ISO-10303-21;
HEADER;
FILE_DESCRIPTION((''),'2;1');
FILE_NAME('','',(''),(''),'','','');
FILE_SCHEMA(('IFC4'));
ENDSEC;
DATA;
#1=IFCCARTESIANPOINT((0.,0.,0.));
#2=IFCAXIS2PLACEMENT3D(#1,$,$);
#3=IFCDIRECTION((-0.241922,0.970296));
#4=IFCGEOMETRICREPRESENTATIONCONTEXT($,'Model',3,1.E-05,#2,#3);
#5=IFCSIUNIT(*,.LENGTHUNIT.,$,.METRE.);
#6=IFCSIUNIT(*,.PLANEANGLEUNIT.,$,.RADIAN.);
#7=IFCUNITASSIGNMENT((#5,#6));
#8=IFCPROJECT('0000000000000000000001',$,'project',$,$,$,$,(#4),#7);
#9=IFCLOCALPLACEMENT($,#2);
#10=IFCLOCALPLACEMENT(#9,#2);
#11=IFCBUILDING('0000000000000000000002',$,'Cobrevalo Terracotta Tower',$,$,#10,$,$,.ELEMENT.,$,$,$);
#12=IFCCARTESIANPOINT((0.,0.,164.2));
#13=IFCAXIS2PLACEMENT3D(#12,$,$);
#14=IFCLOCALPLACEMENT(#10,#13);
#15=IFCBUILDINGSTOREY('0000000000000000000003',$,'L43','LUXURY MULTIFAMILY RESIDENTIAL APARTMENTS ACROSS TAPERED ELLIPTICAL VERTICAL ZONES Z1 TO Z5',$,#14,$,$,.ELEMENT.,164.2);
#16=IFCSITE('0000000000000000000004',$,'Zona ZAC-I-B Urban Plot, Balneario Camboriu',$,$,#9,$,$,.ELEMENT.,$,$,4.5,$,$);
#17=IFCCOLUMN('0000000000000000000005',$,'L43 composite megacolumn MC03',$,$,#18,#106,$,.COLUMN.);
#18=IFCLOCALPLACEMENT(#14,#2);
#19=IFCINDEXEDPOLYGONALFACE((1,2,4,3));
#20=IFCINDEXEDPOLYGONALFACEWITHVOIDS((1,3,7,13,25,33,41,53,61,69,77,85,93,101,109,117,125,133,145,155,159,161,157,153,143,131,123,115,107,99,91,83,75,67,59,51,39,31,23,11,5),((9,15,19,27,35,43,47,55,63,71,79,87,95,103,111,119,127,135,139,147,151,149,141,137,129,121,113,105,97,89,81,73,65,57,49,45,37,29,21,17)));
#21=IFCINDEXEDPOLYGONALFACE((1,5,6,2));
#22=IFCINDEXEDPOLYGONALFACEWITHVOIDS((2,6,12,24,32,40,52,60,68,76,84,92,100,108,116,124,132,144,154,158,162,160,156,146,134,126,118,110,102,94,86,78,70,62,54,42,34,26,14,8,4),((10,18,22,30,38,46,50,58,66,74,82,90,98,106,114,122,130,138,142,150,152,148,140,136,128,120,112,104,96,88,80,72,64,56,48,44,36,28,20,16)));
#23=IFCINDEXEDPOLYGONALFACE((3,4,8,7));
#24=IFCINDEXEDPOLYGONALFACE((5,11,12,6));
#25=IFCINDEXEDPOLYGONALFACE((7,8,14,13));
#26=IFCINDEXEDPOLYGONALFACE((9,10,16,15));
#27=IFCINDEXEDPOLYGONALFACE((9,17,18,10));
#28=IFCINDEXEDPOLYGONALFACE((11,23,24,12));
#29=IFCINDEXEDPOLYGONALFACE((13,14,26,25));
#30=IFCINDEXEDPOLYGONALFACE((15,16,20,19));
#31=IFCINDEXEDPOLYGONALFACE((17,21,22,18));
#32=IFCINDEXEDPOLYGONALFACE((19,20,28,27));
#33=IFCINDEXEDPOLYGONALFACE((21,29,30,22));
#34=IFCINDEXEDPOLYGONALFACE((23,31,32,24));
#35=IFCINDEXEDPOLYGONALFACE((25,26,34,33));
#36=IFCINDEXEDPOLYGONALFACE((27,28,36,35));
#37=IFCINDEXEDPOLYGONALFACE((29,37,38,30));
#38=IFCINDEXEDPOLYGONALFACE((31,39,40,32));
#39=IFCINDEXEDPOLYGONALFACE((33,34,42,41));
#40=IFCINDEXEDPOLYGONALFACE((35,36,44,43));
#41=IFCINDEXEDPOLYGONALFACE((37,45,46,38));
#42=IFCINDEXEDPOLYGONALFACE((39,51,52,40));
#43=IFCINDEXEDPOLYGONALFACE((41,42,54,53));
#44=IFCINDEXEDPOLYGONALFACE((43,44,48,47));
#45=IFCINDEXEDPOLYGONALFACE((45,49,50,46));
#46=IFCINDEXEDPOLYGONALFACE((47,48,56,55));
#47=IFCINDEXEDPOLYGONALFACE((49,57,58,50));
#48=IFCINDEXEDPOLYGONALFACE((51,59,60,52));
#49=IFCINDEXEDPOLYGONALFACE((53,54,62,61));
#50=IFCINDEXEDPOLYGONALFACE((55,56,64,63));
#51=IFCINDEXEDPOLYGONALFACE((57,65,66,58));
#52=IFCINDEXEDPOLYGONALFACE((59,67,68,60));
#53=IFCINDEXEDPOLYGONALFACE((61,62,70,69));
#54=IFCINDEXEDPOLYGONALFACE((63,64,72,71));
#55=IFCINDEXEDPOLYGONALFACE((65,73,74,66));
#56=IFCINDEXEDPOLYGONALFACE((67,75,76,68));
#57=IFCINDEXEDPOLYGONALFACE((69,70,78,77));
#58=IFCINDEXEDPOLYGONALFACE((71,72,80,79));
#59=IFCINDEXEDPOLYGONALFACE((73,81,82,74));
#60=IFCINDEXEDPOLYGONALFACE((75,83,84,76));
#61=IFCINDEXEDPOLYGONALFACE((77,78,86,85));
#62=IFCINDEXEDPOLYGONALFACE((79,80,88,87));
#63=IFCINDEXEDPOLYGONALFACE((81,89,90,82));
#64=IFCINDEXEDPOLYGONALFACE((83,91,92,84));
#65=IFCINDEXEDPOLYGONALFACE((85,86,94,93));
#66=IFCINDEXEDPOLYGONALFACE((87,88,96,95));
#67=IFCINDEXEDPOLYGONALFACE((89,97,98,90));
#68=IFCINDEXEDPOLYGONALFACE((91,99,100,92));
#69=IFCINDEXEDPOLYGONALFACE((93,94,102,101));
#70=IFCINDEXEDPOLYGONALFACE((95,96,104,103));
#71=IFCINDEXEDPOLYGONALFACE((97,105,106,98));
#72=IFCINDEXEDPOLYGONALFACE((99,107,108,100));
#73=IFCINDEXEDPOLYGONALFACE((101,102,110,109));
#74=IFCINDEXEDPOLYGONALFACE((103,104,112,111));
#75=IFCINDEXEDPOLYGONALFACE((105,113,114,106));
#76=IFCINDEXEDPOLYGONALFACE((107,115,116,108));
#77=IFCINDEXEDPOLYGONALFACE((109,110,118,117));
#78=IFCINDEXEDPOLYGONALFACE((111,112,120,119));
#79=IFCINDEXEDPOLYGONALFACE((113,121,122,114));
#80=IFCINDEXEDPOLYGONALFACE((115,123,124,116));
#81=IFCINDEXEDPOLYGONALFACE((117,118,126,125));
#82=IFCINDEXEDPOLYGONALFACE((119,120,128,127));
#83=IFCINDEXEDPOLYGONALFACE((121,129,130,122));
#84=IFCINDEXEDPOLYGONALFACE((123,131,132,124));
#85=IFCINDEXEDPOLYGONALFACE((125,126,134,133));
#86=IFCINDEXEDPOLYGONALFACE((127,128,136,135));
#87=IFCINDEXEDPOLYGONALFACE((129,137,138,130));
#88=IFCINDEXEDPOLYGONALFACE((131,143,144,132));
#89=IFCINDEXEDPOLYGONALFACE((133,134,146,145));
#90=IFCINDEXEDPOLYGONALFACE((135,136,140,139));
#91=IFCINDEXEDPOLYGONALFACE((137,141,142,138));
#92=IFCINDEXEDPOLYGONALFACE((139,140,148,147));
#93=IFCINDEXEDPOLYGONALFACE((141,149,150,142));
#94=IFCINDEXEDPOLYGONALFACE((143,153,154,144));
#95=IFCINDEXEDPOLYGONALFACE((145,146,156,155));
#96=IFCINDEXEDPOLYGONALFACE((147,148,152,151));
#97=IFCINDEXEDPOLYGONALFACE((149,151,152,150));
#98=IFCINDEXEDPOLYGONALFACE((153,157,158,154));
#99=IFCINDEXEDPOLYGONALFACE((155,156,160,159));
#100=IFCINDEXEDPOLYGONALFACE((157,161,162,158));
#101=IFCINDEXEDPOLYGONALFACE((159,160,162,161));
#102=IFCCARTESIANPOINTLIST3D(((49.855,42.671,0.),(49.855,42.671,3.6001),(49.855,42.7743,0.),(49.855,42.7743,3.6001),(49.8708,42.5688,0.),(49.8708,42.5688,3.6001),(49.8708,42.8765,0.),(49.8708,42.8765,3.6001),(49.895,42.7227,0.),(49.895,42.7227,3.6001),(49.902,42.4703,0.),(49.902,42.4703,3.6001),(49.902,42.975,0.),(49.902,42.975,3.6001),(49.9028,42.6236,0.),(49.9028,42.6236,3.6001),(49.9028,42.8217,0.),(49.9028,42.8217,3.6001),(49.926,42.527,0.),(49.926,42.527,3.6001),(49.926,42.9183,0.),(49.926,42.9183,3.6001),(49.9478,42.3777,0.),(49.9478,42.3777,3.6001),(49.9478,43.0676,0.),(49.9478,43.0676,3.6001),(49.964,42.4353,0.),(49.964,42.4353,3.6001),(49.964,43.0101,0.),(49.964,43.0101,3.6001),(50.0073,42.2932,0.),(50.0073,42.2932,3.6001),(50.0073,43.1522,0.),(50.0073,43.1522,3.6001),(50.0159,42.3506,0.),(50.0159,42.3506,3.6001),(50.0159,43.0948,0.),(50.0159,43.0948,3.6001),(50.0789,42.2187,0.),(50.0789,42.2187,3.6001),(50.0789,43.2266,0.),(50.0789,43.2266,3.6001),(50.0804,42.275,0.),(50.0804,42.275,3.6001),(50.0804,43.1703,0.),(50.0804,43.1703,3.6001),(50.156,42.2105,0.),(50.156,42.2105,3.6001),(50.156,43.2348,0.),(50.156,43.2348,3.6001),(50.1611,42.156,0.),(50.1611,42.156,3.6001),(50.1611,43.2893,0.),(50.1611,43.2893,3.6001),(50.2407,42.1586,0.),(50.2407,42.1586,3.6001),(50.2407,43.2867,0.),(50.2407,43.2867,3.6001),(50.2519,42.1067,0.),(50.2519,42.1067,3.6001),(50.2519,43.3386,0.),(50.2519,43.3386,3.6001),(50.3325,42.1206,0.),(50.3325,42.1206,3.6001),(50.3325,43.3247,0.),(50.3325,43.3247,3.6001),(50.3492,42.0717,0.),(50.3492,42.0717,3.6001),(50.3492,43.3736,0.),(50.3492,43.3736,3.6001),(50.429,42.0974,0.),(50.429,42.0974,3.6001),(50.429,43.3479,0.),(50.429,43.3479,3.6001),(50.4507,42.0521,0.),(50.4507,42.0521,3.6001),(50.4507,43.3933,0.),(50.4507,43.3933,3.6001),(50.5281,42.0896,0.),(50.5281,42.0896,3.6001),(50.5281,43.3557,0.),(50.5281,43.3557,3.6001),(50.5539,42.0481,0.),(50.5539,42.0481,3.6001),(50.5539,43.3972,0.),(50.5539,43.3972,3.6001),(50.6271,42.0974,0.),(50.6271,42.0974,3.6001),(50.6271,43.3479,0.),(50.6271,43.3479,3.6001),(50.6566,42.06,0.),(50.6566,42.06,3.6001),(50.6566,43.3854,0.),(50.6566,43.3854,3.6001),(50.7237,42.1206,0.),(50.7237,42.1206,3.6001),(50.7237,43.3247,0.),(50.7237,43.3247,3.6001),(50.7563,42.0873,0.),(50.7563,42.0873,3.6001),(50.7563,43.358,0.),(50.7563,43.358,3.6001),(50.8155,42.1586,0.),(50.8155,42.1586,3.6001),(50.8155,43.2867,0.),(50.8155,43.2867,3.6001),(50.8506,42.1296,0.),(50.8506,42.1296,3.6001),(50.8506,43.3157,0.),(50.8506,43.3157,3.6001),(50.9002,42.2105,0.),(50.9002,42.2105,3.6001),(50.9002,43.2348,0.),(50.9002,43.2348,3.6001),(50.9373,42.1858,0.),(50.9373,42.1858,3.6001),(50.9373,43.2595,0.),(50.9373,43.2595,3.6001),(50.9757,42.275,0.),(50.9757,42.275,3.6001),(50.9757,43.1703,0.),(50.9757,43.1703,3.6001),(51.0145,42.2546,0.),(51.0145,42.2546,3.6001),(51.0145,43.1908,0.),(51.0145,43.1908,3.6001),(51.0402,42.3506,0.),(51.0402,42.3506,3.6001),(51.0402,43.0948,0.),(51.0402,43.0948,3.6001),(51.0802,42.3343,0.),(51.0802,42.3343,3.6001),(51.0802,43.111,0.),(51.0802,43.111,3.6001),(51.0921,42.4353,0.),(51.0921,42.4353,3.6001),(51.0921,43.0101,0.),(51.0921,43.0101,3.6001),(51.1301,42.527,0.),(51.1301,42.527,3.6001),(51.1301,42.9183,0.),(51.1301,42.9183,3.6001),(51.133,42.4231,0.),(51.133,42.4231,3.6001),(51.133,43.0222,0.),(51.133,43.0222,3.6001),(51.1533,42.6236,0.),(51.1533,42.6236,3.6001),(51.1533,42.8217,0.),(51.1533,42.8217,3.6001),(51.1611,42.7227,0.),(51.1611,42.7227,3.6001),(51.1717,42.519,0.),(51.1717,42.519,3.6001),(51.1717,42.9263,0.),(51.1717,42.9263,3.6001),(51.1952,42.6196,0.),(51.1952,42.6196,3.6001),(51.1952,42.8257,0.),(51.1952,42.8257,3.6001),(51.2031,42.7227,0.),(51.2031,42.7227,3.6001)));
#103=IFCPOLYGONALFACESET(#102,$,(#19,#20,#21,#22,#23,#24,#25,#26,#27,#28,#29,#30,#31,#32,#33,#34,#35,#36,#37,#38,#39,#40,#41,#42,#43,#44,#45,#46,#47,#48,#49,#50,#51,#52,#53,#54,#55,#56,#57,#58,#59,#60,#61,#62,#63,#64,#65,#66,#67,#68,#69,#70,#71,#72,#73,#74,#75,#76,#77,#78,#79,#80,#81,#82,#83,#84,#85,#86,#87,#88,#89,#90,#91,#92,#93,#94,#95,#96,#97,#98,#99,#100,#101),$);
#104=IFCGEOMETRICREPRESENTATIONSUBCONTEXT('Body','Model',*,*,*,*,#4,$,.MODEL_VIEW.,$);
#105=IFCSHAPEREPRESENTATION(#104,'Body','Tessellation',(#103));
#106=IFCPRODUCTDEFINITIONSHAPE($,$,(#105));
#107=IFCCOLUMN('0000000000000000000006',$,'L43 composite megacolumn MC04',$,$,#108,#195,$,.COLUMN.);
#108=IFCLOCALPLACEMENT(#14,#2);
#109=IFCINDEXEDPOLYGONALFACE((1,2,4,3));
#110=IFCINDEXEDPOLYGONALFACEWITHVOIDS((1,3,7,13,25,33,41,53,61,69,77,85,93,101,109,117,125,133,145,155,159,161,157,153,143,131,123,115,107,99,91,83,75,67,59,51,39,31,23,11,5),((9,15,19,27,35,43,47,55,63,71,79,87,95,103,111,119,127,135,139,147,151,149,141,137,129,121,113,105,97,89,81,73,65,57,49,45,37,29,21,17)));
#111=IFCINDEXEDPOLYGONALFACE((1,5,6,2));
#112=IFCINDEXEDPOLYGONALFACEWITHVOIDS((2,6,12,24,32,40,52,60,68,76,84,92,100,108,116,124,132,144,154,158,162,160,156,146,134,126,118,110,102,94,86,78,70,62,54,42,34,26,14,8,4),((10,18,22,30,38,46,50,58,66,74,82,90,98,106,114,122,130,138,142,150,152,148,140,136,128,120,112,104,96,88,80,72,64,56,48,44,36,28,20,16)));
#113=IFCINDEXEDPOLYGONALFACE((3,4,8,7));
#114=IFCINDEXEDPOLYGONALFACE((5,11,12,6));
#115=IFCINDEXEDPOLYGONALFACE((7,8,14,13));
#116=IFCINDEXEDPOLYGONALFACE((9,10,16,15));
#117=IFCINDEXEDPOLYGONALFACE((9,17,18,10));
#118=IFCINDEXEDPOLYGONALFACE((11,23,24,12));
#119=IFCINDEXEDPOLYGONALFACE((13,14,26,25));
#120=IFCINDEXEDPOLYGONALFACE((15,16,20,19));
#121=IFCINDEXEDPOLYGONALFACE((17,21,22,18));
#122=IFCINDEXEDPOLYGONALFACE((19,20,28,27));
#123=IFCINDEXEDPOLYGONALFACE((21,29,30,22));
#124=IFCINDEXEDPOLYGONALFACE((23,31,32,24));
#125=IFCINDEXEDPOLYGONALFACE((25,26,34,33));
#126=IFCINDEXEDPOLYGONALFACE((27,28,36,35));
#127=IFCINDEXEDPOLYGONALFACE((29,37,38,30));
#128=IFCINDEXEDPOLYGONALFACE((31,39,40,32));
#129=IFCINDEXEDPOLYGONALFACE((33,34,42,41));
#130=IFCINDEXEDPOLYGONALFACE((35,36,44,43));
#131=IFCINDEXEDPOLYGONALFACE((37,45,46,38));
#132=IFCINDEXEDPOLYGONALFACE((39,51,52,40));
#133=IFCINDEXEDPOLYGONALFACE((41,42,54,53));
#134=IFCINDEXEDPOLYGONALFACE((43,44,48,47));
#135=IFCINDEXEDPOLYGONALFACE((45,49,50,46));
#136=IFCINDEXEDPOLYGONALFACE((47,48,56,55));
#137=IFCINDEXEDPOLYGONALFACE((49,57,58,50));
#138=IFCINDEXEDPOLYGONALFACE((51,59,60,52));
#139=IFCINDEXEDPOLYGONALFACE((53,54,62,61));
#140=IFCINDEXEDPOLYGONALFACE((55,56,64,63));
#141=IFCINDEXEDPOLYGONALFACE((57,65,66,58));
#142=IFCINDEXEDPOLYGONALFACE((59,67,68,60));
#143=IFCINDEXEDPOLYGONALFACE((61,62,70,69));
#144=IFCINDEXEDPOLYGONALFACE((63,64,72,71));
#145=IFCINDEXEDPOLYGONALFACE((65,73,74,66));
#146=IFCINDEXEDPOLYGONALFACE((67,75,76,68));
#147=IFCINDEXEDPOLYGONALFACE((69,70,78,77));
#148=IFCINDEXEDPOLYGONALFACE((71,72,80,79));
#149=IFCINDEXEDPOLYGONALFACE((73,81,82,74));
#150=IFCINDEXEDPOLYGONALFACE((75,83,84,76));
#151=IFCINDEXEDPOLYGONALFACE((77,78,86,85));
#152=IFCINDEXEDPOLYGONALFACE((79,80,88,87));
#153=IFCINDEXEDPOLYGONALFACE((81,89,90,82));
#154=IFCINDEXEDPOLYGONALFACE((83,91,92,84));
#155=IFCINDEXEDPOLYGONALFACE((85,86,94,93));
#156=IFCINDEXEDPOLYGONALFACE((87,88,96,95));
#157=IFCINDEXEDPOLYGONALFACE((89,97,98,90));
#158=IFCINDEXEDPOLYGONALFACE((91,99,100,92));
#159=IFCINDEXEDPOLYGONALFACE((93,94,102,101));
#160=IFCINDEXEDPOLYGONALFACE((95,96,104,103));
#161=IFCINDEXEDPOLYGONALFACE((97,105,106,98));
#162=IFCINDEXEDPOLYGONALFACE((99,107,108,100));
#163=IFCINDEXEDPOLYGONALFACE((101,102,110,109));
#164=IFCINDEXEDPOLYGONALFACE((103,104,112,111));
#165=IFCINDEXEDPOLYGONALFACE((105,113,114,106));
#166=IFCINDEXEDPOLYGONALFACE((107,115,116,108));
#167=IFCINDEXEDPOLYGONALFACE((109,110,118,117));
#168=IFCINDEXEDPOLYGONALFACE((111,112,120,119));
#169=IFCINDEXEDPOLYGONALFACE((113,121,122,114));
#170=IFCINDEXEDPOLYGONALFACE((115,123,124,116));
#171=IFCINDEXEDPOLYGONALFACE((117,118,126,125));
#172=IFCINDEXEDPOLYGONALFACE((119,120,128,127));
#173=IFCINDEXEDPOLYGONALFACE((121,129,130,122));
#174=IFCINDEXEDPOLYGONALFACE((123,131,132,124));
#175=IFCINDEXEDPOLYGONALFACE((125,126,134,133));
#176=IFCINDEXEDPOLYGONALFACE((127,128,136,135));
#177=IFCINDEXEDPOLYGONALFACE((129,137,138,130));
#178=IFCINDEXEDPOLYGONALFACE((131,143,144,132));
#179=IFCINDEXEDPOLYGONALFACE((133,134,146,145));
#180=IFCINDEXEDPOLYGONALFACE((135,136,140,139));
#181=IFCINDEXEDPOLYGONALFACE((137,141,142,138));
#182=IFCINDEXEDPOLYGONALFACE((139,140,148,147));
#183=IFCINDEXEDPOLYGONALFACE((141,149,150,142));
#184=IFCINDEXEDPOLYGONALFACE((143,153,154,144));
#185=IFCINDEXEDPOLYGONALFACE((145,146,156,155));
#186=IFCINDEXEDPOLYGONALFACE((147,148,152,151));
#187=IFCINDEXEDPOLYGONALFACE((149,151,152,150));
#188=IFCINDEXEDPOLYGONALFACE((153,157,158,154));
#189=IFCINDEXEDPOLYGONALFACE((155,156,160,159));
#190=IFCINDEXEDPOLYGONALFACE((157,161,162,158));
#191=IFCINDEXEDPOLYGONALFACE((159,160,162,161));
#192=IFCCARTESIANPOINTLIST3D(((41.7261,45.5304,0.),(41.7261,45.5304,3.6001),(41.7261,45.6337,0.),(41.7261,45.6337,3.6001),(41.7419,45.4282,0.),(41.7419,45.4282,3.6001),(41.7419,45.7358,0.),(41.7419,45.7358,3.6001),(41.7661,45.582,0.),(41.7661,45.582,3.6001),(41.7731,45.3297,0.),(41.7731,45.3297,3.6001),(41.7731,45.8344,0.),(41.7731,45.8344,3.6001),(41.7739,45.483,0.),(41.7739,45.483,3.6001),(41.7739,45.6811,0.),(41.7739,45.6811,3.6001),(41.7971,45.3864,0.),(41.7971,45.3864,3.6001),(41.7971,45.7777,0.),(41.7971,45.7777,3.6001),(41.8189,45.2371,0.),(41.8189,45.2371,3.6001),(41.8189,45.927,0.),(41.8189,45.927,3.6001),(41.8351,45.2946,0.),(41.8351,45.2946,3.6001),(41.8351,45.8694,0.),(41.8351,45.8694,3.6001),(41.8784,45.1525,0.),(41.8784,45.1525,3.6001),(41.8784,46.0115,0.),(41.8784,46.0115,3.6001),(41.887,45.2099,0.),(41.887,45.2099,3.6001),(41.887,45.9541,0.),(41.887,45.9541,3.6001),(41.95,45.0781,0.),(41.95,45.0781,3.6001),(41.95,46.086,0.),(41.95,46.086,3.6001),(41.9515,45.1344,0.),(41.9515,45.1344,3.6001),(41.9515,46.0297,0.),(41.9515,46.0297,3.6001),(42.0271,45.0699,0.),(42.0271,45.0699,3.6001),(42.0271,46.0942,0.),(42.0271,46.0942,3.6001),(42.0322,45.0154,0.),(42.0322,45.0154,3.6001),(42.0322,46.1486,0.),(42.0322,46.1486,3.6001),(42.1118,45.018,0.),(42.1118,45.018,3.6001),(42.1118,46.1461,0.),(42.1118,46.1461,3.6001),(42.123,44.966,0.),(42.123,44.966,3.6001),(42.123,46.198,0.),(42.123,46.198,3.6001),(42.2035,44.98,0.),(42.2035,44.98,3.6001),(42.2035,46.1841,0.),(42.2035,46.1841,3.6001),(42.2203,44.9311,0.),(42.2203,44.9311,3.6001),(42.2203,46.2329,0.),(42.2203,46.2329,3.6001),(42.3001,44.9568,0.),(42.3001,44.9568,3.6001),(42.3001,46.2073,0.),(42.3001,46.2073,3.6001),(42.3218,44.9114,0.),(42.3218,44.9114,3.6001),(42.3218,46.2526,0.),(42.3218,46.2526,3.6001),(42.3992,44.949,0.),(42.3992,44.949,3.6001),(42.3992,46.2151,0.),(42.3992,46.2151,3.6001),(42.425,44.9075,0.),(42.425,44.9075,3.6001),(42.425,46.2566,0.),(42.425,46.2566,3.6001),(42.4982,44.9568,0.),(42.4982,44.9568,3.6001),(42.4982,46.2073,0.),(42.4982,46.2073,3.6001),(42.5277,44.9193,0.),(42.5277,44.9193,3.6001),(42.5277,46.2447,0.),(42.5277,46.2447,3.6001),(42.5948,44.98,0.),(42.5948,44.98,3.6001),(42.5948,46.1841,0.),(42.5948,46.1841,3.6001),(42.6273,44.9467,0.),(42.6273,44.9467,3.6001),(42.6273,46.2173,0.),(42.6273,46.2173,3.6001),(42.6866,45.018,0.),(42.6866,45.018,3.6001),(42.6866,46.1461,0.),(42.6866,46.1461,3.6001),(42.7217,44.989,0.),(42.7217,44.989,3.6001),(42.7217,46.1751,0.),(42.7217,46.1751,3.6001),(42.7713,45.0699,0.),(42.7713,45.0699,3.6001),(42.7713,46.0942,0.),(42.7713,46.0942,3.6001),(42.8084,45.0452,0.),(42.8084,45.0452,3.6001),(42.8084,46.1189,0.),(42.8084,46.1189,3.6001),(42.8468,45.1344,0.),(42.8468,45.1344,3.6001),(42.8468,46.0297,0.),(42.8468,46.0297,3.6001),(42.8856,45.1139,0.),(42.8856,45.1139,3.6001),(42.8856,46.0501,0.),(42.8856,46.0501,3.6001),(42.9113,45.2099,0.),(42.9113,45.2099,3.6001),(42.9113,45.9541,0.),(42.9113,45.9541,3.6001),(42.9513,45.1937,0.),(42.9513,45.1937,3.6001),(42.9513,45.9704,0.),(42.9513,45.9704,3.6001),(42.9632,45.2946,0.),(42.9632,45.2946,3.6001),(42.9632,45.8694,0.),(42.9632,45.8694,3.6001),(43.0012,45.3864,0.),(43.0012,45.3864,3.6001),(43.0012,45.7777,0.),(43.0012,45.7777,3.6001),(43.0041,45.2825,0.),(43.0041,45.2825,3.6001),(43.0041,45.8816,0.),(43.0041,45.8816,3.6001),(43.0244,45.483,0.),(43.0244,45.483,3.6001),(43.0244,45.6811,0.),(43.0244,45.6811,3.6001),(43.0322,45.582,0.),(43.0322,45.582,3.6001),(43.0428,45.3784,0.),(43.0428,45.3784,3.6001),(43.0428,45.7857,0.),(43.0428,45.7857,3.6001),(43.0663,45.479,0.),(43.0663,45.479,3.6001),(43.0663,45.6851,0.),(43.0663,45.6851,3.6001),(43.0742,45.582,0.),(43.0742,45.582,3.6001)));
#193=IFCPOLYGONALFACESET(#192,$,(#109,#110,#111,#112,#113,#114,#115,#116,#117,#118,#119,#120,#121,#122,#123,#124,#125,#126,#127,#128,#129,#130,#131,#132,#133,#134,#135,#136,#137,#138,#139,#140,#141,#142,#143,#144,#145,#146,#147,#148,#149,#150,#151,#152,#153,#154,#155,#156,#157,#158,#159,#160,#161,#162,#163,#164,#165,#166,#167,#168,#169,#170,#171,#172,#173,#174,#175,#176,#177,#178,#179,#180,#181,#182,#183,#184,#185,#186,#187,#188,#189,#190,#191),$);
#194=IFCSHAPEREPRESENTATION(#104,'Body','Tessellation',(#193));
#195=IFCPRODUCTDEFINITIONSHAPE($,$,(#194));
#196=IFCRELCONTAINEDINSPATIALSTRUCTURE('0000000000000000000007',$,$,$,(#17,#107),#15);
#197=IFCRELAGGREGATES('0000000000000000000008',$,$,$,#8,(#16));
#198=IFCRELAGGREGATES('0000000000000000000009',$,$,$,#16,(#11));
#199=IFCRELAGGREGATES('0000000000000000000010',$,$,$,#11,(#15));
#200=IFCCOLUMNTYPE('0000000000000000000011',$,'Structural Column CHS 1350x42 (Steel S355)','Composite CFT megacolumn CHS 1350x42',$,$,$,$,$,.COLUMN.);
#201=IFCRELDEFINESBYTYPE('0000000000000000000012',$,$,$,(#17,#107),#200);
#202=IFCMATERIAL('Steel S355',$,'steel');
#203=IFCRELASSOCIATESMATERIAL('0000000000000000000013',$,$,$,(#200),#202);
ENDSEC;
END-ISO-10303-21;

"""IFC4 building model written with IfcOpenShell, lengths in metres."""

from ifc_helpers import new_model, si_unit, direction, frame, origin, origin_2d, place, context, subcontext, project, spatial, hollow_circle, extrude, material, material_profile, profile_set, type_object, element, save


model = new_model("IFC4")

# Units and contexts
model_context = context("Model", 3, precision=1e-05, world=origin(), true_north=direction((-0.241922, 0.970296)))
body_context = subcontext(model_context, "Body", "Model", "MODEL_VIEW")
ifc_project = project(units=[si_unit("LENGTHUNIT", "METRE"), si_unit("PLANEANGLEUNIT", "RADIAN")], contexts=[model_context])

# Site, building, storey
site_placement = place(None, origin())
site = spatial("IfcSite", under=ifc_project, at=site_placement, Name="Zona ZAC-I-B Urban Plot, Balneario Camboriu", CompositionType="ELEMENT", RefElevation=4.5)
building_placement = place(site_placement, origin())
building = spatial("IfcBuilding", under=site, at=building_placement, Name="Cobrevalo Terracotta Tower", CompositionType="ELEMENT")
storey_placement = place(building_placement, frame((0.0, 0.0, 164.2)))
storey = spatial("IfcBuildingStorey", under=building, at=storey_placement, Name="L43", Description="LUXURY MULTIFAMILY RESIDENTIAL APARTMENTS ACROSS TAPERED ELLIPTICAL VERTICAL ZONES Z1 TO Z5", CompositionType="ELEMENT", Elevation=164.2)

# Columns
ifc_material_1 = material(Name="Steel S355", Category="steel")
ifc_material_profile_1 = material_profile(ifc_material_1, hollow_circle(Radius=0.675, WallThickness=0.042, at=origin_2d()), Name="CHS 1350x42")
ifc_profile_set_1 = profile_set([ifc_material_profile_1], Name="Steel S355")
column_type = type_object("IfcColumnType", Name="Structural Column CHS 1350x42 (Steel S355)", Description="Composite CFT megacolumn CHS 1350x42", PredefinedType="COLUMN", material=ifc_profile_set_1)
for number, where, z_axis, x_axis, name in (
    (1, (50.5281, 42.7227, 0.0), (0.0, 0.0, 1.0), (1.0, 0.0, 0.0), "L43 composite megacolumn MC03"),
    (2, (42.3992, 45.582, 0.0), (0.0, 0.0, 1.0), (1.0, 0.0, 0.0), "L43 composite megacolumn MC04"),
):
    element("IfcColumn", number, at=place(storey_placement, frame(where, z_axis=z_axis, x_axis=x_axis)), inside=storey, type_object=column_type, Name=name, PredefinedType="COLUMN", context=body_context, shape_type="SweptSolid", body=[
        extrude(hollow_circle(Radius=0.675, WallThickness=0.042, at=origin_2d()), origin(), (0.0, 0.0, 1.0), 3.6001),
    ])

save(model, "model.ifc")
